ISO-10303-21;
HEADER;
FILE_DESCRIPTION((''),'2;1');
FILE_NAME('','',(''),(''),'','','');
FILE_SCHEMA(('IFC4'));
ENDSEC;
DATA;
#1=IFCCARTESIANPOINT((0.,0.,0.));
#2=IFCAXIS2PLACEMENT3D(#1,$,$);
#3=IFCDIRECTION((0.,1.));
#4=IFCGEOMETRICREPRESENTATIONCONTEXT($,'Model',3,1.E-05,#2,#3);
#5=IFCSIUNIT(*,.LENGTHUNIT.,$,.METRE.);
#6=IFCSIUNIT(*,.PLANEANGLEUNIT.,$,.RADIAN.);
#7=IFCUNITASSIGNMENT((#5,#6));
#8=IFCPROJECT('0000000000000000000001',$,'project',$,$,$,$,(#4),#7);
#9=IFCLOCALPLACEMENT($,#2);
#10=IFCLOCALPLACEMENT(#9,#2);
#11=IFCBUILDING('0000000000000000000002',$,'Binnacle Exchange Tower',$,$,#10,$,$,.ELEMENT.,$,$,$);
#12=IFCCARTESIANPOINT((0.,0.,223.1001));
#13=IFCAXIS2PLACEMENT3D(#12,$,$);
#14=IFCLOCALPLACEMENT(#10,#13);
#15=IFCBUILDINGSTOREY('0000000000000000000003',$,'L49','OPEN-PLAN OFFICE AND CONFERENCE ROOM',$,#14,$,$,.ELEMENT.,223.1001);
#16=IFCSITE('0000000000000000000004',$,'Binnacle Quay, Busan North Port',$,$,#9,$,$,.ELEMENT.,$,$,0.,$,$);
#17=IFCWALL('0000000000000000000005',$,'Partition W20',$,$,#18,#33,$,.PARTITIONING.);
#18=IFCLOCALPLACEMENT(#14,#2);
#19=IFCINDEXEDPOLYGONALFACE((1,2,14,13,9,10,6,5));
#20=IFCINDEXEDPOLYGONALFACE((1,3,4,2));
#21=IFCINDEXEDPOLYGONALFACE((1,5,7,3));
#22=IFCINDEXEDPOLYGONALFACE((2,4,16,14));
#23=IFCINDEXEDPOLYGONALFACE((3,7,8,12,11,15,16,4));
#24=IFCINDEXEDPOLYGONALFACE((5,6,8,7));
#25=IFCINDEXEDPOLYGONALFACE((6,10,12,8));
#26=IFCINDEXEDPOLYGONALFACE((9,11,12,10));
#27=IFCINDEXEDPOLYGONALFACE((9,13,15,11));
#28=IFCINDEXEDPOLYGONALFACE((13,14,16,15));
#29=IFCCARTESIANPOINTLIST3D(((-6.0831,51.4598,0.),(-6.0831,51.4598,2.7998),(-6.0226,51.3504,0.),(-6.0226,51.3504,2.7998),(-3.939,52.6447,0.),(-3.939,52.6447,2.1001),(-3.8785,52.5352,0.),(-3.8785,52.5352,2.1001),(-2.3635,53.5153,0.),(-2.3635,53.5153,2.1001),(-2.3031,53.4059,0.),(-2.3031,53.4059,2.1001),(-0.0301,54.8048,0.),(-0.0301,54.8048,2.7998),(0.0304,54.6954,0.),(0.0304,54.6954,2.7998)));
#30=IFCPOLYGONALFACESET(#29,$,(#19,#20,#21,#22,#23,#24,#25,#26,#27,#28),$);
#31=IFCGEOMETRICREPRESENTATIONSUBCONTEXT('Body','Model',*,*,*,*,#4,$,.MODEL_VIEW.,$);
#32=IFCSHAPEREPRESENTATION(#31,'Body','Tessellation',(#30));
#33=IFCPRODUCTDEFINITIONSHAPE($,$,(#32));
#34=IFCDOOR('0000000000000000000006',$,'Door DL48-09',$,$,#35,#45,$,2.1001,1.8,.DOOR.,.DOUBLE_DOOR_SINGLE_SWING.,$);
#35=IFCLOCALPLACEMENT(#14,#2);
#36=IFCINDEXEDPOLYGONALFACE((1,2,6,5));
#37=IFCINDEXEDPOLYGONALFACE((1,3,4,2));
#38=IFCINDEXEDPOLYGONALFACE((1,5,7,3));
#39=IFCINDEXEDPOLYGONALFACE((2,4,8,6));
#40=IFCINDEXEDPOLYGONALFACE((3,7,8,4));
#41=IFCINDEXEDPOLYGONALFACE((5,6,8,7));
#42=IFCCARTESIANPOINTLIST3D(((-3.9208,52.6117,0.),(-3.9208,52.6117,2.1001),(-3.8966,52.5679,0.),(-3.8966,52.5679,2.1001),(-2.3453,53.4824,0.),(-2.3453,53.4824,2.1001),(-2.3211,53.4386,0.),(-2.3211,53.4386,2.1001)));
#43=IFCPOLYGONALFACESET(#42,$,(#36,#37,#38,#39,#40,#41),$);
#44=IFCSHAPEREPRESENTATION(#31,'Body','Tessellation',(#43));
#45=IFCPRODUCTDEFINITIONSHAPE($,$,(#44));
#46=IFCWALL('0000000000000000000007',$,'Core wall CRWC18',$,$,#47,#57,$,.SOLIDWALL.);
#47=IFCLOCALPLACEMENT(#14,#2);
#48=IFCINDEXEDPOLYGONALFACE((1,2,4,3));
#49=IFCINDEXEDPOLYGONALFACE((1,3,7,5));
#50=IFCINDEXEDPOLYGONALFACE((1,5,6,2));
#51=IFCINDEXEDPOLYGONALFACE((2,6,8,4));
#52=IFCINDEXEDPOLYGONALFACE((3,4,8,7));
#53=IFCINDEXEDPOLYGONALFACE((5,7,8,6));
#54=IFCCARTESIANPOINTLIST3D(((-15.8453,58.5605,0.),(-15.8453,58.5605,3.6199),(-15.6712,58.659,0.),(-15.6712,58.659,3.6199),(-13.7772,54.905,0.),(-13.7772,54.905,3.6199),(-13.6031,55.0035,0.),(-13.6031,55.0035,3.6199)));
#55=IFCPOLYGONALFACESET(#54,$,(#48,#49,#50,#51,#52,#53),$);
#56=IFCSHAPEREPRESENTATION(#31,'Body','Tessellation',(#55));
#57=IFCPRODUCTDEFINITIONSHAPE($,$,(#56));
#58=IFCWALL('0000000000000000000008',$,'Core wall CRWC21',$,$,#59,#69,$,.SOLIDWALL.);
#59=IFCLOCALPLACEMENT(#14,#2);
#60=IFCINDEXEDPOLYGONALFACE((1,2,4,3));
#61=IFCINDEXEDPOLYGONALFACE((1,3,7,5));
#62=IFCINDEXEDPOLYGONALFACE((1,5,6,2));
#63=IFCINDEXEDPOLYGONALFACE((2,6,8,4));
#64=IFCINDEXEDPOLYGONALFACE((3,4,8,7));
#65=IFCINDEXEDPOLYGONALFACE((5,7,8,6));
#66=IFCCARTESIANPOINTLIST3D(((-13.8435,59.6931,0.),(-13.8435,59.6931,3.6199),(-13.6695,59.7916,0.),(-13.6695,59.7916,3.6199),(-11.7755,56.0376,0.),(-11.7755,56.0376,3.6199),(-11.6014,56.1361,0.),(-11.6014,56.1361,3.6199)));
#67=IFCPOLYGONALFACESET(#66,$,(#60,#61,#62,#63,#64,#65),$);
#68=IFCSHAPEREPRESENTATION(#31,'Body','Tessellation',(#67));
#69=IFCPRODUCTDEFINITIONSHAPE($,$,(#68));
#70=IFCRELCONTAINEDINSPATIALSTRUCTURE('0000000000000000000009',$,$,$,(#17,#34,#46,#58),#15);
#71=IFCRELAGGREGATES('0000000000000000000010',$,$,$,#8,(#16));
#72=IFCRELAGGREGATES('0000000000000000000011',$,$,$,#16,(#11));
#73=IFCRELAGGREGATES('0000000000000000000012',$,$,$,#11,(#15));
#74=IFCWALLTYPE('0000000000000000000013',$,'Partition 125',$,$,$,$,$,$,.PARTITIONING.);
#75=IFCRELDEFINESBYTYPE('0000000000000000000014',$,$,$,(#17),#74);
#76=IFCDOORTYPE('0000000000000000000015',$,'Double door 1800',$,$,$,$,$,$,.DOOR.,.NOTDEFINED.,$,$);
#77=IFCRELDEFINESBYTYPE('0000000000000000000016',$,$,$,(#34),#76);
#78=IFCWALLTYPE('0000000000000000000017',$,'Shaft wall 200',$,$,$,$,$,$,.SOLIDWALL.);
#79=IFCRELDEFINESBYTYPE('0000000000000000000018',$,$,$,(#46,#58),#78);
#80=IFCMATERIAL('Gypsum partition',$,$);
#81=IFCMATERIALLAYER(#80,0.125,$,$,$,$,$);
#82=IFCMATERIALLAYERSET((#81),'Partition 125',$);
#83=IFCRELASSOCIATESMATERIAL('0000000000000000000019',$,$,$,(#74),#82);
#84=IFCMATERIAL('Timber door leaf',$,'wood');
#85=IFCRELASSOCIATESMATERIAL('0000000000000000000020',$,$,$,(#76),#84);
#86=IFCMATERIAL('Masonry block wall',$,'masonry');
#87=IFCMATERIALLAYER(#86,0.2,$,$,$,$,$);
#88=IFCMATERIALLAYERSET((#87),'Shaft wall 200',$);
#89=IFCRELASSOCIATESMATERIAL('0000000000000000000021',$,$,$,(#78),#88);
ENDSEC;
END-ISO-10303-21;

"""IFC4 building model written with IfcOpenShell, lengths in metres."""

from ifc_helpers import new_model, si_unit, direction, frame, frame_2d, origin, place, context, subcontext, project, spatial, rectangle, extrude, material, layer, layer_set, type_object, element, fill, save


model = new_model("IFC4")

# Units and contexts
model_context = context("Model", 3, precision=1e-05, world=origin(), true_north=direction((0.0, 1.0)))
body_context = subcontext(model_context, "Body", "Model", "MODEL_VIEW")
ifc_project = project(units=[si_unit("LENGTHUNIT", "METRE"), si_unit("PLANEANGLEUNIT", "RADIAN")], contexts=[model_context])

# Site, building, storey
site_placement = place(None, origin())
site = spatial("IfcSite", under=ifc_project, at=site_placement, Name="Binnacle Quay, Busan North Port", CompositionType="ELEMENT", RefElevation=0.0)
building_placement = place(site_placement, origin())
building = spatial("IfcBuilding", under=site, at=building_placement, Name="Binnacle Exchange Tower", CompositionType="ELEMENT")
storey_placement = place(building_placement, frame((0.0, 0.0, 223.1001)))
storey = spatial("IfcBuildingStorey", under=building, at=storey_placement, Name="L49", Description="OPEN-PLAN OFFICE AND CONFERENCE ROOM", CompositionType="ELEMENT", Elevation=223.1001)

# Wall, opening, door
ifc_material_1 = material(Name="Gypsum partition")
ifc_layer_1 = layer(ifc_material_1, 0.125)
ifc_layer_set_1 = layer_set([ifc_layer_1], Name="Partition 125")
wall_type_1 = type_object("IfcWallType", Name="Partition 125", PredefinedType="PARTITIONING", material=ifc_layer_set_1)
wall_1_placement = place(storey_placement, frame((-6.053, 51.405, 0.0), z_axis=(0.0, 0.0, 1.0), x_axis=(0.875247, 0.483675, 0.0)))
wall_1 = element("IfcWall", 1, at=wall_1_placement, inside=storey, type_object=wall_type_1, Name="Partition W20", PredefinedType="PARTITIONING", context=body_context, shape_type="SweptSolid", body=[
    extrude(rectangle(XDim=6.9158, YDim=0.125, at=frame_2d((3.458, 0.0))), origin(), (0.0, 0.0, 1.0), 2.7998),
])
opening_1_placement = place(wall_1_placement, frame((2.45, 0.0, 0.0)))
opening_1 = element("IfcOpeningElement", 2, at=opening_1_placement, cuts=wall_1, PredefinedType="OPENING", context=body_context, shape_type="SweptSolid", body=[
    extrude(rectangle(XDim=1.8, YDim=2.1001, at=frame_2d((0.8999, 1.05))), frame((0.0, 0.0725, 0.0), z_axis=(0.0, -1.0, 0.0), x_axis=(1.0, 0.0, 0.0)), (0.0, 0.0, 1.0), 0.145),
])
ifc_material_2 = material(Name="Timber door leaf", Category="wood")
door_type_1 = type_object("IfcDoorType", Name="Double door 1800", OperationType="NOTDEFINED", PredefinedType="DOOR", material=ifc_material_2)
door_1_placement = place(opening_1_placement, origin())
door_1 = element("IfcDoor", 3, at=door_1_placement, inside=storey, type_object=door_type_1, Name="Door DL48-09", OperationType="DOUBLE_DOOR_SINGLE_SWING", OverallHeight=2.1001, OverallWidth=1.8, PredefinedType="DOOR", context=body_context, shape_type="SweptSolid", body=[
    extrude(rectangle(XDim=1.8, YDim=2.1001, at=frame_2d((0.8999, 1.05))), frame((0.0, 0.0249, 0.0), z_axis=(0.0, -1.0, 0.0), x_axis=(1.0, 0.0, 0.0)), (0.0, 0.0, 1.0), 0.05),
])
fill(opening_1, door_1)

# Walls
ifc_material_3 = material(Name="Masonry block wall", Category="masonry")
ifc_layer_2 = layer(ifc_material_3, 0.2)
ifc_layer_set_2 = layer_set([ifc_layer_2], Name="Shaft wall 200")
wall_type_2 = type_object("IfcWallType", Name="Shaft wall 200", PredefinedType="SOLIDWALL", material=ifc_layer_set_2)
for number, where, z_axis, x_axis, name in (
    (4, (-15.7583, 58.6099, 0.0), (0.0, 0.0, 1.0), (0.49241, -0.870364, 0.0), "Core wall CRWC18"),
    (5, (-13.7566, 59.7424, 0.0), (0.0, 0.0, 1.0), (0.49241, -0.870364, 0.0), "Core wall CRWC21"),
):
    element("IfcWall", number, at=place(storey_placement, frame(where, z_axis=z_axis, x_axis=x_axis)), inside=storey, type_object=wall_type_2, Name=name, PredefinedType="SOLIDWALL", context=body_context, shape_type="SweptSolid", body=[
        extrude(rectangle(XDim=4.2, YDim=0.2, at=frame_2d((2.1001, 0.0))), origin(), (0.0, 0.0, 1.0), 3.6199),
    ])

save(model, "model.ifc")
